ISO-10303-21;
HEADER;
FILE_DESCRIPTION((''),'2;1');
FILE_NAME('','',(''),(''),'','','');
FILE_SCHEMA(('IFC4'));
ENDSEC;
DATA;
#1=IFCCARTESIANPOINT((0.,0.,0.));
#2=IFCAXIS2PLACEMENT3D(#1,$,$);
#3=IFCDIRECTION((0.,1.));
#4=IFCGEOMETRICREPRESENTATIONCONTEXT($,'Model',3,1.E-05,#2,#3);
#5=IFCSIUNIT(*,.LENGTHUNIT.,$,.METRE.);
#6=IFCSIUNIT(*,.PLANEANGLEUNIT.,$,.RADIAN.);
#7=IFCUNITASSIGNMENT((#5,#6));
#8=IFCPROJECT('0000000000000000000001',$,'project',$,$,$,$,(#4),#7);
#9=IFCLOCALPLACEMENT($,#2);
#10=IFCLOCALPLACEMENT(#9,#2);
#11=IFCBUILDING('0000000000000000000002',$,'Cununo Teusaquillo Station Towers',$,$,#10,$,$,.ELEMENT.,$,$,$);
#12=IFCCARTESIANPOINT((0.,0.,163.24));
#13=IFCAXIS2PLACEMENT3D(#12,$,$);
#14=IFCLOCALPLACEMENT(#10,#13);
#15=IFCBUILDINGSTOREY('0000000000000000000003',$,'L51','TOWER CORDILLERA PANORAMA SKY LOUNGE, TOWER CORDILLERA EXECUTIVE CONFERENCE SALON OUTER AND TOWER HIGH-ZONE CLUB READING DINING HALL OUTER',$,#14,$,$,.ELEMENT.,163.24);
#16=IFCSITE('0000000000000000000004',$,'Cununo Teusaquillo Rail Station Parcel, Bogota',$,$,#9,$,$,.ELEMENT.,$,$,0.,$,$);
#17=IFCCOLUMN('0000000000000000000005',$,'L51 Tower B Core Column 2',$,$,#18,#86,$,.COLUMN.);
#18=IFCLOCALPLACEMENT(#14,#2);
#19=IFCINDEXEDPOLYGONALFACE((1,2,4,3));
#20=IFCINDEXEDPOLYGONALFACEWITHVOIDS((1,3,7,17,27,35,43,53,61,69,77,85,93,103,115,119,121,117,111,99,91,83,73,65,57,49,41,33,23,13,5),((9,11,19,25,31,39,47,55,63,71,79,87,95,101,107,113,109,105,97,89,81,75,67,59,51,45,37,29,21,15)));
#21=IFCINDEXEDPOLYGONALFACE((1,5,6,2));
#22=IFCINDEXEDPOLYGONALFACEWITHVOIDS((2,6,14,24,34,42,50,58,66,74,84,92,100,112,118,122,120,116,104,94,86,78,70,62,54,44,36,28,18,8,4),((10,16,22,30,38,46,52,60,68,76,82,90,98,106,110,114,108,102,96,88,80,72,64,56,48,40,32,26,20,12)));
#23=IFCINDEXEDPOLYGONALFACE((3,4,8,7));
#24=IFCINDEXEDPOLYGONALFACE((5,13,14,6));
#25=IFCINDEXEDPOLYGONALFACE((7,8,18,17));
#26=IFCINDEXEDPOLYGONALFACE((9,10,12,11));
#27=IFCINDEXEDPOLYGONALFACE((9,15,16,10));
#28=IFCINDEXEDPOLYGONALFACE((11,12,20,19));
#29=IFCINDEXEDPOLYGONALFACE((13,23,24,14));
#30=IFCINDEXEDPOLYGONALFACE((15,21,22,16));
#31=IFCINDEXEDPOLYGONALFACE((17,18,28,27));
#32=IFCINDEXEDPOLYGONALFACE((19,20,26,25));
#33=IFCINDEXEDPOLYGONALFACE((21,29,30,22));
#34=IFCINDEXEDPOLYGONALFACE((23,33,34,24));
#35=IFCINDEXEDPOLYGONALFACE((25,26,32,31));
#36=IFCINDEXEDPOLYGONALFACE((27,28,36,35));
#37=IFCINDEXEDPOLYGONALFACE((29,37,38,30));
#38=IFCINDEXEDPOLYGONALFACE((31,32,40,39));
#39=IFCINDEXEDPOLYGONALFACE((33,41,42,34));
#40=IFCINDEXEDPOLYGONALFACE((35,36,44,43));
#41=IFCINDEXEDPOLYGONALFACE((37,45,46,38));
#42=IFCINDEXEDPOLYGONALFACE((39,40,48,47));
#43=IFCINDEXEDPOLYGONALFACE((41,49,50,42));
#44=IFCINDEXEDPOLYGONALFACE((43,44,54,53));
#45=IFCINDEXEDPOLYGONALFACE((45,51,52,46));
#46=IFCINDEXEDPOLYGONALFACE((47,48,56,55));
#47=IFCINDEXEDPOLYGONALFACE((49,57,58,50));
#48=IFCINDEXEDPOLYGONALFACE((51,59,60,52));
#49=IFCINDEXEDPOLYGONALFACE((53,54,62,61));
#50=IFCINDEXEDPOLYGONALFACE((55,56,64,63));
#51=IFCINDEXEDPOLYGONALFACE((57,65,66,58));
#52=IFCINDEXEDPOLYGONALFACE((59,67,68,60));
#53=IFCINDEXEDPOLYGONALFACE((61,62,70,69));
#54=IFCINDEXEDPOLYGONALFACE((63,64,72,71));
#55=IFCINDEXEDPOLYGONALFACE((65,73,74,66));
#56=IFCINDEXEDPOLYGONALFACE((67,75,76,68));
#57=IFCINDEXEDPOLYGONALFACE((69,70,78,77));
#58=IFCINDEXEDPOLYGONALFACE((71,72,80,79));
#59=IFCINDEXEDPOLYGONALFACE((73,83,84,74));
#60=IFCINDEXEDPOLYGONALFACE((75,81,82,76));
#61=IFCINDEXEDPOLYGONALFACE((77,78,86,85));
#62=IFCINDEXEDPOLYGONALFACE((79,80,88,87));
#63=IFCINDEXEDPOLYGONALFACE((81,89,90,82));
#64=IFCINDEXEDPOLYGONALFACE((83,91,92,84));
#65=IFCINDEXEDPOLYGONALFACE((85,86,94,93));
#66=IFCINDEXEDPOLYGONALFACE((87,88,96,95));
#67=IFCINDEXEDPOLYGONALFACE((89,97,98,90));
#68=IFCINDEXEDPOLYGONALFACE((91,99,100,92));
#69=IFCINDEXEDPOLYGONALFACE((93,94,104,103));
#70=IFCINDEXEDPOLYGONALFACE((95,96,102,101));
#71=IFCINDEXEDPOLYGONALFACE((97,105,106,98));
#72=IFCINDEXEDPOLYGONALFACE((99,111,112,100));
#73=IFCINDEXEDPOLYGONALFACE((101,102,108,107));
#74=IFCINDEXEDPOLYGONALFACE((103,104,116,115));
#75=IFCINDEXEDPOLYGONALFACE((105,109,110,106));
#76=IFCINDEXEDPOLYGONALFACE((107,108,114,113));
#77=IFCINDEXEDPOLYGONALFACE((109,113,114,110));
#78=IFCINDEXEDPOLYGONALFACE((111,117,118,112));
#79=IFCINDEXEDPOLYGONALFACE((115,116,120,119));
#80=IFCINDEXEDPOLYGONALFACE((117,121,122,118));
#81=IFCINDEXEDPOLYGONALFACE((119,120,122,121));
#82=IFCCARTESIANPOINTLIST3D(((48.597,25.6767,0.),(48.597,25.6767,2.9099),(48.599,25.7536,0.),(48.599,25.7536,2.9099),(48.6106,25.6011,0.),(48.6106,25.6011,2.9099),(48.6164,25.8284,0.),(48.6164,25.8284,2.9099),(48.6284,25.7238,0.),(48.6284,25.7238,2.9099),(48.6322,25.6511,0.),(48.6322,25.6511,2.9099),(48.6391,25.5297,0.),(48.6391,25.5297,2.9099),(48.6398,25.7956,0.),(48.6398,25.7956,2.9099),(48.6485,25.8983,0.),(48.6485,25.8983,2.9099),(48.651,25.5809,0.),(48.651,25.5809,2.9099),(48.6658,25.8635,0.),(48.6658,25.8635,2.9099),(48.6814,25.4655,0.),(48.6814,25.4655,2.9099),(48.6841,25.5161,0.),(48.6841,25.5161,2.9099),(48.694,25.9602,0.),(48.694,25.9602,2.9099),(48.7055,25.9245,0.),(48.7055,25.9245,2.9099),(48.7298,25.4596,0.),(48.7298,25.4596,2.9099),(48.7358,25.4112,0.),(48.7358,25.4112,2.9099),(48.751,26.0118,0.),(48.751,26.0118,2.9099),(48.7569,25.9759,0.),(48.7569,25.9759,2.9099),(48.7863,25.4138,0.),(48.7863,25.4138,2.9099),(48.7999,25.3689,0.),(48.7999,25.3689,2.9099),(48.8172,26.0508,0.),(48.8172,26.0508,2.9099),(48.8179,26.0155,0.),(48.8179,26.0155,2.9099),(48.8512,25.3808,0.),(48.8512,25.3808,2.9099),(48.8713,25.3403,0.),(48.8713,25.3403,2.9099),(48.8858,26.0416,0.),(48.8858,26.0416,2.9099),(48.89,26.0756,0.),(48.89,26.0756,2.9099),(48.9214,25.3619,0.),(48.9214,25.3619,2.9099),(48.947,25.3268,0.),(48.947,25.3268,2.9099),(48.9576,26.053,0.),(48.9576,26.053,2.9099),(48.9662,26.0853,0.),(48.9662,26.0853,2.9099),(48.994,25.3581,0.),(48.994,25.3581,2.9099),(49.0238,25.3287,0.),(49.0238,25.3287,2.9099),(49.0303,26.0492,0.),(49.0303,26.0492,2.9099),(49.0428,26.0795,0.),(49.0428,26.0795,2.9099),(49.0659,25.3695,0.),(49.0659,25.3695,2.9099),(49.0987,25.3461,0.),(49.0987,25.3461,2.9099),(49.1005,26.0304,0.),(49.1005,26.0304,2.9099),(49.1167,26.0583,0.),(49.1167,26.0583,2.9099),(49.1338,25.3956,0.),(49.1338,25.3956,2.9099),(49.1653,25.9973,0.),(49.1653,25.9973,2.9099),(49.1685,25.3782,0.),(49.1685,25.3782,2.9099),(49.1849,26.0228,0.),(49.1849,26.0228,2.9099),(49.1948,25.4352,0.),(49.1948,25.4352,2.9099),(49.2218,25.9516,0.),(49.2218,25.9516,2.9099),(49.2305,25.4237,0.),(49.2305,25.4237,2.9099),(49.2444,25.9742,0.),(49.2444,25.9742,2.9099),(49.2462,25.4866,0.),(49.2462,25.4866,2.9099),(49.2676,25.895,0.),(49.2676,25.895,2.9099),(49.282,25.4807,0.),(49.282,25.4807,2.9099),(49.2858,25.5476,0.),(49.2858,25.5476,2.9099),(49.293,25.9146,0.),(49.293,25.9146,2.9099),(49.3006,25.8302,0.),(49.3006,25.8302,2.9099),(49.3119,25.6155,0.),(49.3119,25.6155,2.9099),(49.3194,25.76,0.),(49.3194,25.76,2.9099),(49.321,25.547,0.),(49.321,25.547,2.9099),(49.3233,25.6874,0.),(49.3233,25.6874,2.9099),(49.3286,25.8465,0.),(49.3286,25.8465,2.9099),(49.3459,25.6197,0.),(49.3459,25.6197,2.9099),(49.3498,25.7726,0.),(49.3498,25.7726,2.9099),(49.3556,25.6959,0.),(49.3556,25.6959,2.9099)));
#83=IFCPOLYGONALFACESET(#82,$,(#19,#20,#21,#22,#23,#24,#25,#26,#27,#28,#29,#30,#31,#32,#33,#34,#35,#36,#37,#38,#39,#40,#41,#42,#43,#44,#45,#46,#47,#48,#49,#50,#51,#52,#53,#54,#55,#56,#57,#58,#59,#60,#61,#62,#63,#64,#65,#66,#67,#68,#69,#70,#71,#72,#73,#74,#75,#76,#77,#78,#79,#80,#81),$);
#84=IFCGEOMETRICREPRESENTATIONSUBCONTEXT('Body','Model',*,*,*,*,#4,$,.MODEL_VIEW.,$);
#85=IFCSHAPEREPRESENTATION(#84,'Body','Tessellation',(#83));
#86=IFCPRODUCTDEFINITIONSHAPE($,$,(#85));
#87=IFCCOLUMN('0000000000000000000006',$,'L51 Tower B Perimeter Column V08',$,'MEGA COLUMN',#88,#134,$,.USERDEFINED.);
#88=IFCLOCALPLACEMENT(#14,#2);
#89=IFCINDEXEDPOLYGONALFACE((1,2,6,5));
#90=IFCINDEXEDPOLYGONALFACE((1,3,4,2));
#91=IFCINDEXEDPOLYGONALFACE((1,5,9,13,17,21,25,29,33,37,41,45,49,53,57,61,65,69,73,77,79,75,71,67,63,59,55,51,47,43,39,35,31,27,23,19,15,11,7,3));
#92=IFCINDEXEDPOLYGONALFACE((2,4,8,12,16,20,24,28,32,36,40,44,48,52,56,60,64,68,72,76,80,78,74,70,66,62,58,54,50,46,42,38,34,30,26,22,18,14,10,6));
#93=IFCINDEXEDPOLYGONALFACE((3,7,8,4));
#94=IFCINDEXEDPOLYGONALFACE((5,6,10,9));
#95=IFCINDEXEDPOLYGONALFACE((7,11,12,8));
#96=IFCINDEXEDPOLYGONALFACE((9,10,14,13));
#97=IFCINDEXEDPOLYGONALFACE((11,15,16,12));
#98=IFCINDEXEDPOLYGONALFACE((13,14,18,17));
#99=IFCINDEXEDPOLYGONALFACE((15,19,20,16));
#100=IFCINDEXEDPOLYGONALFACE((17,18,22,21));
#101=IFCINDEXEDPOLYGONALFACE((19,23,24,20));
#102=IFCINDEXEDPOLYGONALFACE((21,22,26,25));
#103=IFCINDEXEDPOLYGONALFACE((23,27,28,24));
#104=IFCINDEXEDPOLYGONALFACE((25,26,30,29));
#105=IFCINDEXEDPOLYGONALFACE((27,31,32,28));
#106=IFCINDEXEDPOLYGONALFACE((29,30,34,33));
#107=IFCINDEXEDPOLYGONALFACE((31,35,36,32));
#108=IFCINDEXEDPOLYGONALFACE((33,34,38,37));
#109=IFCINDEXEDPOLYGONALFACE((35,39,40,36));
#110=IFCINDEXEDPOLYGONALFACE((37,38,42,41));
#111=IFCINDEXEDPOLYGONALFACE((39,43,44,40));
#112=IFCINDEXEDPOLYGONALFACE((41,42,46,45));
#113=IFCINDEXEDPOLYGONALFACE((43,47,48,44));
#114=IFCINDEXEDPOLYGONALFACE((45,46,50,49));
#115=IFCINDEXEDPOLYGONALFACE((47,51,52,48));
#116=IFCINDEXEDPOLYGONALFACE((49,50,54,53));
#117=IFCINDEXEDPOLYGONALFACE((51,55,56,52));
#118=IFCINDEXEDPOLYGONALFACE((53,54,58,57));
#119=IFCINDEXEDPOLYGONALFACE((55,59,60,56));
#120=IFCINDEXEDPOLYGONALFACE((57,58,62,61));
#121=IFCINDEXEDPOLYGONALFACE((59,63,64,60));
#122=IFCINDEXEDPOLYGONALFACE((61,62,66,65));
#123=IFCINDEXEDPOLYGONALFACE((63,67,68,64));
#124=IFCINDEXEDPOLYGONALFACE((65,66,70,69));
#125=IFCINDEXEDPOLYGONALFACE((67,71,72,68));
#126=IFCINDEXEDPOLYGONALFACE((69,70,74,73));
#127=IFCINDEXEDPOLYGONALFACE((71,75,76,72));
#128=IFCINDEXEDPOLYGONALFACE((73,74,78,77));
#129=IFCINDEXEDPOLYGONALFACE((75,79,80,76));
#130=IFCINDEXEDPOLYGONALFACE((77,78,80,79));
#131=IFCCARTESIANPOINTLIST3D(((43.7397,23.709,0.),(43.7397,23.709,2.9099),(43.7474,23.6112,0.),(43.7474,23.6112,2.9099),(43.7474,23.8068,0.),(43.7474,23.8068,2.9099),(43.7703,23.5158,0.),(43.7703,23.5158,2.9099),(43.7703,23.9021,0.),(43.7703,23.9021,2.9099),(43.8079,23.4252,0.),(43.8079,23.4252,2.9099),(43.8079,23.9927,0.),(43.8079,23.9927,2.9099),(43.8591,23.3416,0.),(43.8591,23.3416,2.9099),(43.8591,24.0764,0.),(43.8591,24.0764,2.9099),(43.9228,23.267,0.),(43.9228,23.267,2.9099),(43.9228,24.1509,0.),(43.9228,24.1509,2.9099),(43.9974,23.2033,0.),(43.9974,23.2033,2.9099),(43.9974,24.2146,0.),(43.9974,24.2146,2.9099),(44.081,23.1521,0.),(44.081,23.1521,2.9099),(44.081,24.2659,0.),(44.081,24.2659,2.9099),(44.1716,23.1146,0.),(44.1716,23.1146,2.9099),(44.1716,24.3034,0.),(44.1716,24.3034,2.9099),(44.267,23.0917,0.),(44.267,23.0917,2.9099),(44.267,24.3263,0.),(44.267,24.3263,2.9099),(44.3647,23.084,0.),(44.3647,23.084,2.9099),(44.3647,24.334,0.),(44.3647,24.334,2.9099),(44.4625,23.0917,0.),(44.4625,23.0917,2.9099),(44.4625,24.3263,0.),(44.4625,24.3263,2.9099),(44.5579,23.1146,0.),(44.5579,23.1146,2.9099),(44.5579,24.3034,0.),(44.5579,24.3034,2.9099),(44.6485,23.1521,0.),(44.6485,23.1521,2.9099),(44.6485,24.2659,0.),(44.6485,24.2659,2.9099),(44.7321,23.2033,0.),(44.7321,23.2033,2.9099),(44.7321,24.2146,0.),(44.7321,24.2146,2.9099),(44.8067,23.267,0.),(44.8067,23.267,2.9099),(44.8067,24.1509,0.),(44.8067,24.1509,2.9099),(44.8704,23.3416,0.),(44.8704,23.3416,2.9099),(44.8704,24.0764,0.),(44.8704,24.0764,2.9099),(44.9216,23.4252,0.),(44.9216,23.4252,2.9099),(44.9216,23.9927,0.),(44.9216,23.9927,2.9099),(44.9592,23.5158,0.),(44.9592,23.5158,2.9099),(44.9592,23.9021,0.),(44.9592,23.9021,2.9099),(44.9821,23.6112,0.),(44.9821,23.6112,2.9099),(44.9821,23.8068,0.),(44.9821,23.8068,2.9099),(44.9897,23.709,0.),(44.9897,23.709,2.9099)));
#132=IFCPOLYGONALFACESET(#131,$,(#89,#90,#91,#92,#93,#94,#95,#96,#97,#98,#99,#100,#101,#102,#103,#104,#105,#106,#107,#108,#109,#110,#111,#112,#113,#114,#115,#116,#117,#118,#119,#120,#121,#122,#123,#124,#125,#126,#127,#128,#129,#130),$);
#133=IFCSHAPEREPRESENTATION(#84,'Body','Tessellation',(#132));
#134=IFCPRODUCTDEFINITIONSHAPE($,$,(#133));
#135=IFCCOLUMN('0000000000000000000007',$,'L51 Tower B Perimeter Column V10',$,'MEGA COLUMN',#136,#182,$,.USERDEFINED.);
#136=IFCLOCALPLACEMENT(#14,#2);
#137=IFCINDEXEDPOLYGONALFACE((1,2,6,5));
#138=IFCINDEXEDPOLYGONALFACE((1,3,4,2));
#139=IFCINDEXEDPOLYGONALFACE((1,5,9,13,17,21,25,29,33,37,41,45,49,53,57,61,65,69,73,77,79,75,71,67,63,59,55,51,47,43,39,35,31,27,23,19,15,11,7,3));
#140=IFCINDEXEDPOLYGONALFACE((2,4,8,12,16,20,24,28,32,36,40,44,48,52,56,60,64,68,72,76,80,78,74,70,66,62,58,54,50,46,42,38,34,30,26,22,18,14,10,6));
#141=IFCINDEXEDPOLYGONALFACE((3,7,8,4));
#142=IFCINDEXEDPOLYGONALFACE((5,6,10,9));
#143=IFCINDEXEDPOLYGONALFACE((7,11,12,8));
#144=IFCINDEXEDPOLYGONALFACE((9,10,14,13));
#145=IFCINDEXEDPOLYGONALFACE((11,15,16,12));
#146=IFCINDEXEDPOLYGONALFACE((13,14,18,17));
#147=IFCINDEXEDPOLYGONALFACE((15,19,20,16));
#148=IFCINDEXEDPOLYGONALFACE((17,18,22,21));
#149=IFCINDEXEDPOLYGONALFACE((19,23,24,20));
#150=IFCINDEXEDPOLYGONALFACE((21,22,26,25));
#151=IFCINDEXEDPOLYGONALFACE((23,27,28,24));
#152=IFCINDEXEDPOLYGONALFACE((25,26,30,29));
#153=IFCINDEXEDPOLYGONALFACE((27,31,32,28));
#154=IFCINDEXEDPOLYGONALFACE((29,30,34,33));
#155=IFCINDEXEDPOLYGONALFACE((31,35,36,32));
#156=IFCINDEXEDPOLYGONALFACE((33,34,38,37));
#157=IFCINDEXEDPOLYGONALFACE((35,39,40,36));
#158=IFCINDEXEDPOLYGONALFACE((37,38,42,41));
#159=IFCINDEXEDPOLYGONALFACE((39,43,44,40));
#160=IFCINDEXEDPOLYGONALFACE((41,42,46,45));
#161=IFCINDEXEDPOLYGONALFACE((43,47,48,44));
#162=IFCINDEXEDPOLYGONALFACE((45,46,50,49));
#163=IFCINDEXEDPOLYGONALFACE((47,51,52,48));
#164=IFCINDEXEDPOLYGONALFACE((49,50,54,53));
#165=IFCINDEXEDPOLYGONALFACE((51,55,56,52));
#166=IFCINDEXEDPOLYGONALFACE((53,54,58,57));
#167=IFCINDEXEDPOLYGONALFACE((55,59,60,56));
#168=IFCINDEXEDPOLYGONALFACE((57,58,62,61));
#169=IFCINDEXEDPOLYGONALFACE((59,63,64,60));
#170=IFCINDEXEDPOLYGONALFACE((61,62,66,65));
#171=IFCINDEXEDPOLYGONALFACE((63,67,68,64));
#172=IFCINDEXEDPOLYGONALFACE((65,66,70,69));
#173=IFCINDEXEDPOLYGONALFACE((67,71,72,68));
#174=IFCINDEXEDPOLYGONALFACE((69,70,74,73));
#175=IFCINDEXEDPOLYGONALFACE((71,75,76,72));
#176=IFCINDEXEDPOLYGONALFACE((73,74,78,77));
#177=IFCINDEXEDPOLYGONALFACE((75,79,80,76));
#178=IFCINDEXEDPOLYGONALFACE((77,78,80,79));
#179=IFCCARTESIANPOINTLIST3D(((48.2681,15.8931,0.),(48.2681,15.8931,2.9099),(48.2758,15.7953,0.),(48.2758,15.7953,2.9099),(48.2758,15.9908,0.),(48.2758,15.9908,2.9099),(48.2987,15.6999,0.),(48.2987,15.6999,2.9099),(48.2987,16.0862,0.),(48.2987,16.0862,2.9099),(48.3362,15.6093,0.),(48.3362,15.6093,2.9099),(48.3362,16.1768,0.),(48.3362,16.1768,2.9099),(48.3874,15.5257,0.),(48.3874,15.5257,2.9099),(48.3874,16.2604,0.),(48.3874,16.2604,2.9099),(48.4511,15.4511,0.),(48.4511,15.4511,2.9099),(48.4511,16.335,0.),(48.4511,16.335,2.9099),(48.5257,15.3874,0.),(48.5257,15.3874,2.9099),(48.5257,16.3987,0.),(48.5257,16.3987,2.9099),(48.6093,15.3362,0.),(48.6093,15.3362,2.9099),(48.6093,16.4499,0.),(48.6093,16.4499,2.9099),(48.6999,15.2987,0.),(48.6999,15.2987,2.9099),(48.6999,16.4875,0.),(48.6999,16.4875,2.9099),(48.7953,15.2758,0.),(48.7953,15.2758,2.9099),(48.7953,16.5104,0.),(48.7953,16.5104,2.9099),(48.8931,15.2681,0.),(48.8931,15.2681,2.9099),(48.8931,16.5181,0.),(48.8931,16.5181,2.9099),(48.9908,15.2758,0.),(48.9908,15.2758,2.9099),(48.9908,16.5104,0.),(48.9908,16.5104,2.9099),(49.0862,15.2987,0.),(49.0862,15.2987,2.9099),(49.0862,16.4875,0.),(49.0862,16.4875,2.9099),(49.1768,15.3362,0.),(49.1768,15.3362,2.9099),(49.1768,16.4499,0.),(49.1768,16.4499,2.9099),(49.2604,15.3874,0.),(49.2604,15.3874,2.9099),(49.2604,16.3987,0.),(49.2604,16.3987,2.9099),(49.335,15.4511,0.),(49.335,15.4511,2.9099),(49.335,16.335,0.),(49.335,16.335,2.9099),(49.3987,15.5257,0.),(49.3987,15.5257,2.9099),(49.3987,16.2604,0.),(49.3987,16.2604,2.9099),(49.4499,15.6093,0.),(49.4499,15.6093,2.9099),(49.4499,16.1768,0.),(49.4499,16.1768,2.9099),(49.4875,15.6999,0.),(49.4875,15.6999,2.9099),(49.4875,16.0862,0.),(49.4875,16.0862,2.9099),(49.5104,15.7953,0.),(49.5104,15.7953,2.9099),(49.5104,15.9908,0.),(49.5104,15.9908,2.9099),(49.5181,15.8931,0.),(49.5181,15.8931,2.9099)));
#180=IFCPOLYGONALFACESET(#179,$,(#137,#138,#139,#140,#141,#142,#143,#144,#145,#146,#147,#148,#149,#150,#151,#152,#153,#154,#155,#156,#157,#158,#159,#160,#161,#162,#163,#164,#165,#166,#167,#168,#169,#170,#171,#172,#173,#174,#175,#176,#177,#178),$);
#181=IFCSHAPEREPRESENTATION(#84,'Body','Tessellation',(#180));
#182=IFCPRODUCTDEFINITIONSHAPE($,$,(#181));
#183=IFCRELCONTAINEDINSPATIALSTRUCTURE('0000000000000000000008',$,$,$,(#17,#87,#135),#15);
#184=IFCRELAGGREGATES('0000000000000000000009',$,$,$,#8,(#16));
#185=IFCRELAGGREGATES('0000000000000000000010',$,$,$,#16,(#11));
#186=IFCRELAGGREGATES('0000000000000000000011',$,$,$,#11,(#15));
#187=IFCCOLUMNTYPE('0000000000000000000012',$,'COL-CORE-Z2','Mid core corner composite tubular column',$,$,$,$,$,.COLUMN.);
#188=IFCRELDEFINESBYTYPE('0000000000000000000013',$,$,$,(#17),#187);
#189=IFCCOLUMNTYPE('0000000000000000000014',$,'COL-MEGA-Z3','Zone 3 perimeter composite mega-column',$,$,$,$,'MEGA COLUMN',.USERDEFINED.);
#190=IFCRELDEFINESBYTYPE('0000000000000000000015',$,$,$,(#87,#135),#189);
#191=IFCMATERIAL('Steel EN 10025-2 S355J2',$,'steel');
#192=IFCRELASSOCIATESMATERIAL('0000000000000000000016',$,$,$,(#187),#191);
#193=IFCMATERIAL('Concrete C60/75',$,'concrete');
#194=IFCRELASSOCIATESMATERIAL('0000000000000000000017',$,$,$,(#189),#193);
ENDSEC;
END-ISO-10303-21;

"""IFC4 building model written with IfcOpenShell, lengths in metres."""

from ifc_helpers import new_model, si_unit, direction, frame, origin, origin_2d, place, context, subcontext, project, spatial, circle, hollow_circle, extrude, material, material_profile, profile_set, type_object, element, save


model = new_model("IFC4")

# Units and contexts
model_context = context("Model", 3, precision=1e-05, world=origin(), true_north=direction((0.0, 1.0)))
body_context = subcontext(model_context, "Body", "Model", "MODEL_VIEW")
ifc_project = project(units=[si_unit("LENGTHUNIT", "METRE"), si_unit("PLANEANGLEUNIT", "RADIAN")], contexts=[model_context])

# Site, building, storey
site_placement = place(None, origin())
site = spatial("IfcSite", under=ifc_project, at=site_placement, Name="Cununo Teusaquillo Rail Station Parcel, Bogota", CompositionType="ELEMENT", RefElevation=0.0)
building_placement = place(site_placement, origin())
building = spatial("IfcBuilding", under=site, at=building_placement, Name="Cununo Teusaquillo Station Towers", CompositionType="ELEMENT")
storey_placement = place(building_placement, frame((0.0, 0.0, 163.24)))
storey = spatial("IfcBuildingStorey", under=building, at=storey_placement, Name="L51", Description="TOWER CORDILLERA PANORAMA SKY LOUNGE, TOWER CORDILLERA EXECUTIVE CONFERENCE SALON OUTER AND TOWER HIGH-ZONE CLUB READING DINING HALL OUTER", CompositionType="ELEMENT", Elevation=163.24)

# Columns
ifc_material_1 = material(Name="Steel EN 10025-2 S355J2", Category="steel")
ifc_material_profile_1 = material_profile(ifc_material_1, hollow_circle(Radius=0.3799, WallThickness=0.032, at=origin_2d()), Name="CHS 760x32")
ifc_profile_set_1 = profile_set([ifc_material_profile_1], Name="Steel EN 10025-2 S355J2")
column_type_1 = type_object("IfcColumnType", Name="COL-CORE-Z2", Description="Mid core corner composite tubular column", PredefinedType="COLUMN", material=ifc_profile_set_1)
column_placement = place(storey_placement, frame((48.9758, 25.7056, 0.0), z_axis=(0.0, 0.0, 1.0), x_axis=(0.707107, 0.707107, 0.0)))
element("IfcColumn", 1, at=column_placement, inside=storey, type_object=column_type_1, Name="L51 Tower B Core Column 2", PredefinedType="COLUMN", context=body_context, shape_type="SweptSolid", body=[
    extrude(hollow_circle(Radius=0.3799, WallThickness=0.032, at=origin_2d()), origin(), (0.0, 0.0, 1.0), 2.9099),
])
ifc_material_2 = material(Name="Concrete C60/75", Category="concrete")
ifc_material_profile_2 = material_profile(ifc_material_2, circle(Radius=0.625, at=origin_2d()), Name="RC-CIRC-1250")
ifc_profile_set_2 = profile_set([ifc_material_profile_2], Name="Concrete C60/75")
column_type_2 = type_object("IfcColumnType", Name="COL-MEGA-Z3", Description="Zone 3 perimeter composite mega-column", ElementType="MEGA COLUMN", PredefinedType="USERDEFINED", material=ifc_profile_set_2)
for number, where, z_axis, x_axis, name in (
    (2, (44.3647, 23.709, 0.0), (0.0, 0.0, 1.0), (1.0, 0.0, 0.0), "L51 Tower B Perimeter Column V08"),
    (3, (48.8931, 15.8931, 0.0), (0.0, 0.0, 1.0), (1.0, 0.0, 0.0), "L51 Tower B Perimeter Column V10"),
):
    element("IfcColumn", number, at=place(storey_placement, frame(where, z_axis=z_axis, x_axis=x_axis)), inside=storey, type_object=column_type_2, Name=name, ObjectType="MEGA COLUMN", PredefinedType="USERDEFINED", context=body_context, shape_type="SweptSolid", body=[
        extrude(circle(Radius=0.625, at=origin_2d()), origin(), (0.0, 0.0, 1.0), 2.9099),
    ])

save(model, "model.ifc")
